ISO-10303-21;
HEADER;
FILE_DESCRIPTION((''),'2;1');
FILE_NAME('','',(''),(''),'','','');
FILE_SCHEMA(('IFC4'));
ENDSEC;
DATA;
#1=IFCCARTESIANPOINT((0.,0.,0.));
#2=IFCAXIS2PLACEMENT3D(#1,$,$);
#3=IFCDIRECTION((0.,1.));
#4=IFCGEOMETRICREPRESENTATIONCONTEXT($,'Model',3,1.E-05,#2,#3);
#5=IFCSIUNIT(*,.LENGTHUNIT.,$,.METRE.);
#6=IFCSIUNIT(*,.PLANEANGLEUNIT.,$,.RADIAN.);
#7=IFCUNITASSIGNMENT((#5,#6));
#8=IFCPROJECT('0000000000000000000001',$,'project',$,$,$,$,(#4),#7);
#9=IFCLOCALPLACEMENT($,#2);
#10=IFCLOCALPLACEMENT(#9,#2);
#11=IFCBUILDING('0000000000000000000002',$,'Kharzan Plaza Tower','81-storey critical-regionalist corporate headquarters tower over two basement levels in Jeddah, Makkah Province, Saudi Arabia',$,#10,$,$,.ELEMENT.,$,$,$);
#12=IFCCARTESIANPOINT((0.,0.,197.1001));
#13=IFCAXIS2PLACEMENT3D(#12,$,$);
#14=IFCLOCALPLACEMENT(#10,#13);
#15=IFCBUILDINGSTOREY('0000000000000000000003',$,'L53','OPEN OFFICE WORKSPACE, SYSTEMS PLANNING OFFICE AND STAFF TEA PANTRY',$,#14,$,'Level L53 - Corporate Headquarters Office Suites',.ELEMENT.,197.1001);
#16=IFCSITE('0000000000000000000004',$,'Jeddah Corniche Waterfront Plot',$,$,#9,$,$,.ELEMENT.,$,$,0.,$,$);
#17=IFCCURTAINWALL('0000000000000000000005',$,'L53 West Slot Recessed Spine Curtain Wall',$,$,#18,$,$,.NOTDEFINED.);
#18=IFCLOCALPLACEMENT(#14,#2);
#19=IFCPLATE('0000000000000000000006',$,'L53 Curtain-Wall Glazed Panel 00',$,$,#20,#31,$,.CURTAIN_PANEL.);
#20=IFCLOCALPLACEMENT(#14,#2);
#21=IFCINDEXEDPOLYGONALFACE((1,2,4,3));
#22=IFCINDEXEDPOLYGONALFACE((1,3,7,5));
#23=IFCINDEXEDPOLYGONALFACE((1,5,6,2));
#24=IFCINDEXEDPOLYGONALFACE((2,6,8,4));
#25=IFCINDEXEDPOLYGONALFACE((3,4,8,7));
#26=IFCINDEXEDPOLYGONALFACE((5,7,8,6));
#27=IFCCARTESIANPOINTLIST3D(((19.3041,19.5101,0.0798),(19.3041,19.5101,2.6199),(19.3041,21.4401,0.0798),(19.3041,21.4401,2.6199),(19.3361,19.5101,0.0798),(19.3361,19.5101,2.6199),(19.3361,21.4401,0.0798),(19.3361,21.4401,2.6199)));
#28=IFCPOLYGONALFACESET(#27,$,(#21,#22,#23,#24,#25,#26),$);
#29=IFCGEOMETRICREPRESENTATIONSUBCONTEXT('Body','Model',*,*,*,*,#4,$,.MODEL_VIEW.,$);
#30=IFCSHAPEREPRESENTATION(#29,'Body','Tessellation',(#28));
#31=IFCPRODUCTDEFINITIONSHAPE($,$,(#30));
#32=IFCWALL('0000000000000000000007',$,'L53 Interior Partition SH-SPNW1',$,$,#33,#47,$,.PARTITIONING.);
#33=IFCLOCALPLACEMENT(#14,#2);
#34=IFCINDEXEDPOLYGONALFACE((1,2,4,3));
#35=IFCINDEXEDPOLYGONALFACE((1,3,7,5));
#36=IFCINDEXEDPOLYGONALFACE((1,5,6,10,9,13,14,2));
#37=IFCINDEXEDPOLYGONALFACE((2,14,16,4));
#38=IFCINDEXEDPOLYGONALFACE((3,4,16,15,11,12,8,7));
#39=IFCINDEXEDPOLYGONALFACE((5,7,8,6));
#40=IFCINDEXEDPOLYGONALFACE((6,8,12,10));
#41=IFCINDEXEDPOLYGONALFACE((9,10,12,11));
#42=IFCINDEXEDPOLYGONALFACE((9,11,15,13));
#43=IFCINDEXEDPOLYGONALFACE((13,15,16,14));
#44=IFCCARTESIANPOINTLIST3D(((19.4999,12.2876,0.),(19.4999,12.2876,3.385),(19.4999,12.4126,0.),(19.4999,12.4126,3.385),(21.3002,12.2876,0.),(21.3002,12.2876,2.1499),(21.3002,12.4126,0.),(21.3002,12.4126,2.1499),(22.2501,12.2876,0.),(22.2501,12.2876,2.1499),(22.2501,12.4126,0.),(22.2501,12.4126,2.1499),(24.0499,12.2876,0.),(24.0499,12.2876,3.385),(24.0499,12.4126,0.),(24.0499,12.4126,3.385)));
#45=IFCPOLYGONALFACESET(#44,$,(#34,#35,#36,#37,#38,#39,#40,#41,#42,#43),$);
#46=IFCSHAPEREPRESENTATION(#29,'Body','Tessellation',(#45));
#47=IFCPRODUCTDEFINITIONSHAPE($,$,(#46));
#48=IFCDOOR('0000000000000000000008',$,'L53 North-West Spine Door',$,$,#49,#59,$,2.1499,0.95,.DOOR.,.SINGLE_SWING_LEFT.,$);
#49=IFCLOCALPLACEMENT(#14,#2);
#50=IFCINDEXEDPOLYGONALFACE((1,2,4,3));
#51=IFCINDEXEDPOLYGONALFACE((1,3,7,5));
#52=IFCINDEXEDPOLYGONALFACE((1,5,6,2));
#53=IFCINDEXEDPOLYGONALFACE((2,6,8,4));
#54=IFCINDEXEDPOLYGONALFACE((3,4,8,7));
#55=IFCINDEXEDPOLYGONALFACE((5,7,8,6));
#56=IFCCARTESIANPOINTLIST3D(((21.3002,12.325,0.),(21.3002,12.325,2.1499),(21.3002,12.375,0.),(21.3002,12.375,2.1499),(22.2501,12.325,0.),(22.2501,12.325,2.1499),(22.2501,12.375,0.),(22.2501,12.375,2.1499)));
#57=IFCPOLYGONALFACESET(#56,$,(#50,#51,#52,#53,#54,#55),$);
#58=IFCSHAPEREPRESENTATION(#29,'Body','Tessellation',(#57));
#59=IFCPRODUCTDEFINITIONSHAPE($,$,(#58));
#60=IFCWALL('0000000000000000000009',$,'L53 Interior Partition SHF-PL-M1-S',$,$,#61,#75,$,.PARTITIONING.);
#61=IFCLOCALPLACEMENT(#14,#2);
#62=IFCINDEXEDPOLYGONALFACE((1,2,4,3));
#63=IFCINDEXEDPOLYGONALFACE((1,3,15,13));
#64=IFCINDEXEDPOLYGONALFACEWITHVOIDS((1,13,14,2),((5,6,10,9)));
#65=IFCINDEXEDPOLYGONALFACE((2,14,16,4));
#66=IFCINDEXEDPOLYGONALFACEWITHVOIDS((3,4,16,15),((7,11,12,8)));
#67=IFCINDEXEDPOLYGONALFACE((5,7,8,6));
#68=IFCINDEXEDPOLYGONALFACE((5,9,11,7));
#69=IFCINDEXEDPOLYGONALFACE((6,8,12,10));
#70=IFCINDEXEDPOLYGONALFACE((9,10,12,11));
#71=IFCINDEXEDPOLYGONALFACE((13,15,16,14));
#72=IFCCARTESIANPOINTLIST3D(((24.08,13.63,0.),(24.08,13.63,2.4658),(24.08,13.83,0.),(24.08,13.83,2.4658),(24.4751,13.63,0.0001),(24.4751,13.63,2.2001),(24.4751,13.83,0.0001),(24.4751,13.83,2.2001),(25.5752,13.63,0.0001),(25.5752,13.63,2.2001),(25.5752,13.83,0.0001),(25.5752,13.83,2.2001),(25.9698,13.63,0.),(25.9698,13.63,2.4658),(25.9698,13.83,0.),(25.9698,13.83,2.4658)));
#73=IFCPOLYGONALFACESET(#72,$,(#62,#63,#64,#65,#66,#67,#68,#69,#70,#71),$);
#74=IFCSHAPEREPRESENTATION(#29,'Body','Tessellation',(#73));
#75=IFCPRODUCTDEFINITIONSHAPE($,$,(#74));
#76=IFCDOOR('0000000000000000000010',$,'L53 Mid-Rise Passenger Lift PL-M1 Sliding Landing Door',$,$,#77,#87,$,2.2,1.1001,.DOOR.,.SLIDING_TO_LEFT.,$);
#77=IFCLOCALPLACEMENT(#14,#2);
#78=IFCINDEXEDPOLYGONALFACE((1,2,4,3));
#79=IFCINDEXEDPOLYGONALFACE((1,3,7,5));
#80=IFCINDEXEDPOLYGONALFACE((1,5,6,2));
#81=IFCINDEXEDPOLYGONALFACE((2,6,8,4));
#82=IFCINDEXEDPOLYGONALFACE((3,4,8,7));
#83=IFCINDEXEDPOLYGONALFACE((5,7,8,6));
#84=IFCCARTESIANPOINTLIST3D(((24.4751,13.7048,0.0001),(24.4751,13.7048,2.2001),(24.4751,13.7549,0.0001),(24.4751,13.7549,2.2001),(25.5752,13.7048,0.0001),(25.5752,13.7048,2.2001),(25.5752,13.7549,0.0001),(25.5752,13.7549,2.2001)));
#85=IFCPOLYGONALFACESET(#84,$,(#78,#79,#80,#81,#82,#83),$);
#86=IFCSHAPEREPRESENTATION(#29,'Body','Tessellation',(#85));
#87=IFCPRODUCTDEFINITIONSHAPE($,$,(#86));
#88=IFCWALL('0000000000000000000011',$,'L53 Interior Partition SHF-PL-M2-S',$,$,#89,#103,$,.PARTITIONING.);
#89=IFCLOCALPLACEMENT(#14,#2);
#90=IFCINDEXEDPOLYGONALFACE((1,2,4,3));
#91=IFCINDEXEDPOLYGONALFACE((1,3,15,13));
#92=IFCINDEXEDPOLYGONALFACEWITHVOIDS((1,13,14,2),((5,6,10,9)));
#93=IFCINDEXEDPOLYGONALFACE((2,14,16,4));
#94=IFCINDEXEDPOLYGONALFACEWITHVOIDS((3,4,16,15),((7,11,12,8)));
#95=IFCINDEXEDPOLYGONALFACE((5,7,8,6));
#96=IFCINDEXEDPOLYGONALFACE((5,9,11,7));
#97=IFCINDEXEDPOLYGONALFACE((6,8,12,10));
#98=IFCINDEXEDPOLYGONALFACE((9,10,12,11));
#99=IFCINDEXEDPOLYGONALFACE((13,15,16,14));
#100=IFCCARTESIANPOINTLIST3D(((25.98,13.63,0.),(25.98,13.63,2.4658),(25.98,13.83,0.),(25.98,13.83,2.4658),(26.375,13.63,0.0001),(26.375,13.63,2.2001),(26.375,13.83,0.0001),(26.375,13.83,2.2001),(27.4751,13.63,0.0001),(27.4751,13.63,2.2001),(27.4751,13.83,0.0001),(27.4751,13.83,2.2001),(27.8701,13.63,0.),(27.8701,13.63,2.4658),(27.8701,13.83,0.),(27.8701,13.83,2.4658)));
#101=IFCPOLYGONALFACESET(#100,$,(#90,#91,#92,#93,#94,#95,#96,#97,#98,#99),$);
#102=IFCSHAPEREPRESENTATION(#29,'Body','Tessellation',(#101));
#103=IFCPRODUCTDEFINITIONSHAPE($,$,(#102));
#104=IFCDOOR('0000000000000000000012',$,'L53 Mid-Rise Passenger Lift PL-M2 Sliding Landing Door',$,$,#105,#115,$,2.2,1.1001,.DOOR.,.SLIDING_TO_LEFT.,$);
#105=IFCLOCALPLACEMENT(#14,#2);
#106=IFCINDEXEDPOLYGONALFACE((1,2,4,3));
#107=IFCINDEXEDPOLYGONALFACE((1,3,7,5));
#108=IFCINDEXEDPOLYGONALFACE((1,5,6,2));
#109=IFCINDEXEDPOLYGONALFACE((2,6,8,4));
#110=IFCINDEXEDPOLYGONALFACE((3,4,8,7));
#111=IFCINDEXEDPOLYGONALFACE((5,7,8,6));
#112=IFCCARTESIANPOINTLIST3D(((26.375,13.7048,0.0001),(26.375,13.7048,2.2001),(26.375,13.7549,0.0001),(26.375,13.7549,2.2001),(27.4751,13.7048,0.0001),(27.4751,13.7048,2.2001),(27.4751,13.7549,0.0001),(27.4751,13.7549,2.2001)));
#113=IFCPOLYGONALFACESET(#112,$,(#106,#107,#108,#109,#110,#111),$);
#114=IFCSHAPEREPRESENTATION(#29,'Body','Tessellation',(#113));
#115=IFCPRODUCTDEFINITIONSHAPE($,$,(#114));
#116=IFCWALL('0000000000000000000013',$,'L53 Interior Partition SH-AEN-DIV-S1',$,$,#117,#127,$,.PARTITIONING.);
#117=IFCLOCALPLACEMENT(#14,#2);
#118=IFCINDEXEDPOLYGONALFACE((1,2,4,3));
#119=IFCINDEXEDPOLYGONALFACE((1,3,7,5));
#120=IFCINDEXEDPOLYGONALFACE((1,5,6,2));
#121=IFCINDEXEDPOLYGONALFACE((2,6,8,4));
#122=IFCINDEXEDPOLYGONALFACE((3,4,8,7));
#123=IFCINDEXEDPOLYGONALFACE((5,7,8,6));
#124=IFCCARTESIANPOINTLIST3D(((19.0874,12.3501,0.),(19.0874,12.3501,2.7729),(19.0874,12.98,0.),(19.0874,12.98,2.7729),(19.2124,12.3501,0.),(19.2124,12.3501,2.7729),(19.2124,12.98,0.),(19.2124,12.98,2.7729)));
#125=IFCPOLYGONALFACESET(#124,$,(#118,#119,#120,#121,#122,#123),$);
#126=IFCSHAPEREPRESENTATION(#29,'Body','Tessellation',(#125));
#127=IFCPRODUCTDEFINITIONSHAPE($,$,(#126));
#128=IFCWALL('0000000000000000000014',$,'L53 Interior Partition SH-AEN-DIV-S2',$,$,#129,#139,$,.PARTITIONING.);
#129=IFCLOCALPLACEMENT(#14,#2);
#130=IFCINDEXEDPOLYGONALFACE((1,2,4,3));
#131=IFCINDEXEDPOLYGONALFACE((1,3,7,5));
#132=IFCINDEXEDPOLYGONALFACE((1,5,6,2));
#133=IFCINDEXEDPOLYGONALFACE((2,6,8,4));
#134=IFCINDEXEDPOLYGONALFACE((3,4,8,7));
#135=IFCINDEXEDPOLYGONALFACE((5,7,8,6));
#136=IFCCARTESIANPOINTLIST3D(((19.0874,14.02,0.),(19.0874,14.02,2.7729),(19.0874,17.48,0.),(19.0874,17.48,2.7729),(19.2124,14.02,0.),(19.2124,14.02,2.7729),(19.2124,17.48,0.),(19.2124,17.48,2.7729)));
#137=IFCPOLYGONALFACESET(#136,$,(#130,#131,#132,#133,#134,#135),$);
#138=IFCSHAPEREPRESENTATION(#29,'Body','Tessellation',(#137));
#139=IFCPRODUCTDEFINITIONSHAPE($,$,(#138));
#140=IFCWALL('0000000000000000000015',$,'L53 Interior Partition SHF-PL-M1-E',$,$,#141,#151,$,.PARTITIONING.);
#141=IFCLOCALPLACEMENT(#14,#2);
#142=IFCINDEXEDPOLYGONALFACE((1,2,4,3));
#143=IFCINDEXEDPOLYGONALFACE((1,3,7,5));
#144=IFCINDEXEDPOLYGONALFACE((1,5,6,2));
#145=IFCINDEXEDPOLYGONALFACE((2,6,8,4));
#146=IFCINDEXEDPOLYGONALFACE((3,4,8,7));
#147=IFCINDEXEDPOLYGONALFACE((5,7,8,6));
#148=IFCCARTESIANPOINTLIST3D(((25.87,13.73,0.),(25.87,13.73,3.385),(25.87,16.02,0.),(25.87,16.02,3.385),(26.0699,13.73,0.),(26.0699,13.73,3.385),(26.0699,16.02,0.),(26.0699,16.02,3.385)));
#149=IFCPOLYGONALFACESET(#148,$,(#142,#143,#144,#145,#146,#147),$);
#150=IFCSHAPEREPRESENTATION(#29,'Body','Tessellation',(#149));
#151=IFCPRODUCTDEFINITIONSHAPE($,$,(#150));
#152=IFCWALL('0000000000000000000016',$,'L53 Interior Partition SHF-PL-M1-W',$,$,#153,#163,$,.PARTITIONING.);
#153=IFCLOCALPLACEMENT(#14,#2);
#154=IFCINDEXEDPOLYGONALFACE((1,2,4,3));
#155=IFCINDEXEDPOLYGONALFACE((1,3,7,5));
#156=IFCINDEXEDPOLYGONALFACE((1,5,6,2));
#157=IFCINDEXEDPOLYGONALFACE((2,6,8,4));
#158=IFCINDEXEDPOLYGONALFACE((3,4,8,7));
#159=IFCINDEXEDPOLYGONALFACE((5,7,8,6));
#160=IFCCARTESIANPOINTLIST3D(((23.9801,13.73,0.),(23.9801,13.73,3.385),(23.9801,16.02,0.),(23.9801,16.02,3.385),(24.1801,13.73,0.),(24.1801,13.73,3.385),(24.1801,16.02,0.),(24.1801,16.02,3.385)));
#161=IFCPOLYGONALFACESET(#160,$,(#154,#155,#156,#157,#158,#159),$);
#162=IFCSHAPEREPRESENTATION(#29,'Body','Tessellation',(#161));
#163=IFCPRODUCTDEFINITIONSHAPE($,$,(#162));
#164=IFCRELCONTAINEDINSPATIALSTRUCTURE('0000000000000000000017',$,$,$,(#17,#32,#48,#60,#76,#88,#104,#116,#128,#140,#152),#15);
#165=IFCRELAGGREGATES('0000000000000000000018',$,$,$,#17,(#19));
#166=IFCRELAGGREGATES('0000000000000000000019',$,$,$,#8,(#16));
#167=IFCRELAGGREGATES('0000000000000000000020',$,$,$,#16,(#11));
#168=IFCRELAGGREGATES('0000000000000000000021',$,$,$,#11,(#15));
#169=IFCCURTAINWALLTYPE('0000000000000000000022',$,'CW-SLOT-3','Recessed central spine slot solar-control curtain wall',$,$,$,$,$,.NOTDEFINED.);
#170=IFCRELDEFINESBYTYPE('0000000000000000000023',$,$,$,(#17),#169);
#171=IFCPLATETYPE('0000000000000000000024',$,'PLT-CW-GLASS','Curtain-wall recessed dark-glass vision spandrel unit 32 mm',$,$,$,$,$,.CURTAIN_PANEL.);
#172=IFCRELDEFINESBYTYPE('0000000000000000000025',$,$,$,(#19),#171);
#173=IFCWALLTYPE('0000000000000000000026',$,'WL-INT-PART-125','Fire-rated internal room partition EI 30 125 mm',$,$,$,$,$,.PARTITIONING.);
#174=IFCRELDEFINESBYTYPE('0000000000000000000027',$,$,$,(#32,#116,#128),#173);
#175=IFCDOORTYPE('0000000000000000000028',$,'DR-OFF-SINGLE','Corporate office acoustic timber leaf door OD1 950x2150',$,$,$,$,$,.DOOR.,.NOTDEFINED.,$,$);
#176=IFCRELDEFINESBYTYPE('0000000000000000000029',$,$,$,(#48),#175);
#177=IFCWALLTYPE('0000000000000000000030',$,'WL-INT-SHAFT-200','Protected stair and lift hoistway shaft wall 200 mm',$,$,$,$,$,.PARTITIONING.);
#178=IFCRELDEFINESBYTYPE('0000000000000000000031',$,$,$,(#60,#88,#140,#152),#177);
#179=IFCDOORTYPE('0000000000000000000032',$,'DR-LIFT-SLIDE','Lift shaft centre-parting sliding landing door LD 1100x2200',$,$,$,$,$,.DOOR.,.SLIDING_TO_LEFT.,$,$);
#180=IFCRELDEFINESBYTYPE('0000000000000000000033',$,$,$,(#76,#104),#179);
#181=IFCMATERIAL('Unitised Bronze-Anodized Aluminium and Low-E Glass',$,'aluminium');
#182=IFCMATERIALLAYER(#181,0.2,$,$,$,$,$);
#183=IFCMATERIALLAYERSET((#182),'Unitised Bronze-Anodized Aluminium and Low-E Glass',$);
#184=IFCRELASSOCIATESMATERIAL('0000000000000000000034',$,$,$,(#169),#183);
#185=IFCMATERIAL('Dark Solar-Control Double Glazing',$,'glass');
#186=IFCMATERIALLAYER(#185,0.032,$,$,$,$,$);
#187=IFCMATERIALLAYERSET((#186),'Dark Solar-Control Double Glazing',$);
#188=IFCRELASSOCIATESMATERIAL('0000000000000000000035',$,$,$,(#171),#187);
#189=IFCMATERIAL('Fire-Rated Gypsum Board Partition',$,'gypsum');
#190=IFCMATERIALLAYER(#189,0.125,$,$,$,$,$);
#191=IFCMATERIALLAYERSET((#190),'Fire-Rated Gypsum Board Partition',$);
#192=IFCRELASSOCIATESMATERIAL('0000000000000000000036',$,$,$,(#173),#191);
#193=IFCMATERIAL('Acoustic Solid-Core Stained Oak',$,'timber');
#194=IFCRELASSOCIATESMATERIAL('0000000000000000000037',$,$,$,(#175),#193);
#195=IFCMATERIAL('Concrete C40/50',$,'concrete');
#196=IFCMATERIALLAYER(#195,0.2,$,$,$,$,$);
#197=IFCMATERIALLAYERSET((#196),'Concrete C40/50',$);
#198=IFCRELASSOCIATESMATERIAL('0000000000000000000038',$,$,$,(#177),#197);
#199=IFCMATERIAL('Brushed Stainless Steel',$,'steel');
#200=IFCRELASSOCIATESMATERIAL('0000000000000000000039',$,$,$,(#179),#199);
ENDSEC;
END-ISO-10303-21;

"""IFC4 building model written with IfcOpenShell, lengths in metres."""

from ifc_helpers import new_model, si_unit, direction, frame, frame_2d, origin, origin_2d, place, context, subcontext, project, spatial, rectangle, extrude, source, transform, mapped, material, layer, layer_set, type_object, element, fill, aggregate, save


model = new_model("IFC4")

# Units and contexts
model_context = context("Model", 3, precision=1e-05, world=origin(), true_north=direction((0.0, 1.0)))
body_context = subcontext(model_context, "Body", "Model", "MODEL_VIEW")
ifc_project = project(units=[si_unit("LENGTHUNIT", "METRE"), si_unit("PLANEANGLEUNIT", "RADIAN")], contexts=[model_context])

# Site, building, storey
site_placement = place(None, origin())
site = spatial("IfcSite", under=ifc_project, at=site_placement, Name="Jeddah Corniche Waterfront Plot", CompositionType="ELEMENT", RefElevation=0.0)
building_placement = place(site_placement, origin())
building = spatial("IfcBuilding", under=site, at=building_placement, Name="Kharzan Plaza Tower", Description="81-storey critical-regionalist corporate headquarters tower over two basement levels in Jeddah, Makkah Province, Saudi Arabia", CompositionType="ELEMENT")
storey_placement = place(building_placement, frame((0.0, 0.0, 197.1001)))
storey = spatial("IfcBuildingStorey", under=building, at=storey_placement, Name="L53", Description="OPEN OFFICE WORKSPACE, SYSTEMS PLANNING OFFICE AND STAFF TEA PANTRY", LongName="Level L53 - Corporate Headquarters Office Suites", CompositionType="ELEMENT", Elevation=197.1001)

# Curtain wall
ifc_material_1 = material(Name="Unitised Bronze-Anodized Aluminium and Low-E Glass", Category="aluminium")
ifc_layer_1 = layer(ifc_material_1, 0.2)
ifc_layer_set_1 = layer_set([ifc_layer_1], Name="Unitised Bronze-Anodized Aluminium and Low-E Glass")
curtain_wall_type = type_object("IfcCurtainWallType", Name="CW-SLOT-3", Description="Recessed central spine slot solar-control curtain wall", PredefinedType="NOTDEFINED", material=ifc_layer_set_1)
curtain_wall_placement = place(storey_placement, origin())
curtain_wall = element("IfcCurtainWall", 1, at=curtain_wall_placement, inside=storey, type_object=curtain_wall_type, Name="L53 West Slot Recessed Spine Curtain Wall", PredefinedType="NOTDEFINED")

# Plate
ifc_material_2 = material(Name="Dark Solar-Control Double Glazing", Category="glass")
ifc_layer_2 = layer(ifc_material_2, 0.032)
ifc_layer_set_2 = layer_set([ifc_layer_2], Name="Dark Solar-Control Double Glazing")
plate_type = type_object("IfcPlateType", Name="PLT-CW-GLASS", Description="Curtain-wall recessed dark-glass vision spandrel unit 32 mm", PredefinedType="CURTAIN_PANEL", material=ifc_layer_set_2)
shared_shape_1 = source(origin(), body_context, "Body", "SweptSolid", [
    extrude(rectangle(XDim=1.9299, YDim=0.032, at=origin_2d()), origin(), (0.0, 0.0, 1.0), 2.54),
])
plate_placement = place(storey_placement, frame((19.3201, 20.4751, 0.0798), z_axis=(0.0, 0.0, 1.0), x_axis=(0.0, 1.0, 0.0)))
plate = element("IfcPlate", 2, at=plate_placement, type_object=plate_type, Name="L53 Curtain-Wall Glazed Panel 00", PredefinedType="CURTAIN_PANEL", context=body_context, shape_type="MappedRepresentation", body=[
    mapped(shared_shape_1, transform((0.0, 0.0, 0.0), x_axis=(1.0, 0.0, 0.0), y_axis=(0.0, 1.0, 0.0), z_axis=(0.0, 0.0, 1.0))),
])
aggregate(curtain_wall, [plate])

# Walls, openings, doors
ifc_material_3 = material(Name="Fire-Rated Gypsum Board Partition", Category="gypsum")
ifc_layer_3 = layer(ifc_material_3, 0.125)
ifc_layer_set_3 = layer_set([ifc_layer_3], Name="Fire-Rated Gypsum Board Partition")
wall_type_1 = type_object("IfcWallType", Name="WL-INT-PART-125", Description="Fire-rated internal room partition EI 30 125 mm", PredefinedType="PARTITIONING", material=ifc_layer_set_3)
wall_1_placement = place(storey_placement, frame((19.5, 12.3501, 0.0), z_axis=(0.0, 0.0, 1.0), x_axis=(1.0, 0.0, 0.0)))
wall_1 = element("IfcWall", 3, at=wall_1_placement, inside=storey, type_object=wall_type_1, Name="L53 Interior Partition SH-SPNW1", PredefinedType="PARTITIONING", context=body_context, shape_type="SweptSolid", body=[
    extrude(rectangle(XDim=4.55, YDim=0.125, at=frame_2d((2.2749, 0.0))), origin(), (0.0, 0.0, 1.0), 3.385),
])
opening_1_placement = place(wall_1_placement, frame((1.8, 0.0, 0.0)))
opening_1 = element("IfcOpeningElement", 4, at=opening_1_placement, cuts=wall_1, PredefinedType="OPENING", context=body_context, shape_type="SweptSolid", body=[
    extrude(rectangle(XDim=0.95, YDim=2.1499, at=frame_2d((0.4751, 1.075))), frame((0.0, 0.0725, 0.0), z_axis=(0.0, -1.0, 0.0), x_axis=(1.0, 0.0, 0.0)), (0.0, 0.0, 1.0), 0.145),
])
ifc_material_4 = material(Name="Acoustic Solid-Core Stained Oak", Category="timber")
door_type_1 = type_object("IfcDoorType", Name="DR-OFF-SINGLE", Description="Corporate office acoustic timber leaf door OD1 950x2150", OperationType="NOTDEFINED", PredefinedType="DOOR", material=ifc_material_4)
shared_shape_2 = source(origin(), body_context, "Body", "SweptSolid", [
    extrude(rectangle(XDim=0.95, YDim=2.1499, at=frame_2d((0.4751, 1.075))), frame((0.0, 0.0249, 0.0), z_axis=(0.0, -1.0, 0.0), x_axis=(1.0, 0.0, 0.0)), (0.0, 0.0, 1.0), 0.05),
])
door_1_placement = place(opening_1_placement, origin())
door_1 = element("IfcDoor", 5, at=door_1_placement, inside=storey, type_object=door_type_1, Name="L53 North-West Spine Door", OperationType="SINGLE_SWING_LEFT", OverallHeight=2.1499, OverallWidth=0.95, PredefinedType="DOOR", context=body_context, shape_type="MappedRepresentation", body=[
    mapped(shared_shape_2, transform((0.0, 0.0, 0.0), x_axis=(1.0, 0.0, 0.0), y_axis=(0.0, 1.0, 0.0), z_axis=(0.0, 0.0, 1.0))),
])
fill(opening_1, door_1)
ifc_material_5 = material(Name="Concrete C40/50", Category="concrete")
ifc_layer_4 = layer(ifc_material_5, 0.2)
ifc_layer_set_4 = layer_set([ifc_layer_4], Name="Concrete C40/50")
wall_type_2 = type_object("IfcWallType", Name="WL-INT-SHAFT-200", Description="Protected stair and lift hoistway shaft wall 200 mm", PredefinedType="PARTITIONING", material=ifc_layer_set_4)
wall_2_placement = place(storey_placement, frame((24.0801, 13.73, 0.0), z_axis=(0.0, 0.0, 1.0), x_axis=(1.0, 0.0, 0.0)))
wall_2 = element("IfcWall", 6, at=wall_2_placement, inside=storey, type_object=wall_type_2, Name="L53 Interior Partition SHF-PL-M1-S", PredefinedType="PARTITIONING", context=body_context, shape_type="SweptSolid", body=[
    extrude(rectangle(XDim=1.8899, YDim=0.2, at=frame_2d((0.9448, 0.0))), origin(), (0.0, 0.0, 1.0), 2.4658),
])
opening_2_placement = place(wall_2_placement, frame((0.395, 0.0, 0.0)))
opening_2 = element("IfcOpeningElement", 7, at=opening_2_placement, cuts=wall_2, PredefinedType="OPENING", context=body_context, shape_type="SweptSolid", body=[
    extrude(rectangle(XDim=1.1001, YDim=2.2, at=frame_2d((0.55, 1.1001))), frame((0.0, 0.1099, 0.0), z_axis=(0.0, -1.0, 0.0), x_axis=(1.0, 0.0, 0.0)), (0.0, 0.0, 1.0), 0.22),
])
ifc_material_6 = material(Name="Brushed Stainless Steel", Category="steel")
door_type_2 = type_object("IfcDoorType", Name="DR-LIFT-SLIDE", Description="Lift shaft centre-parting sliding landing door LD 1100x2200", OperationType="SLIDING_TO_LEFT", PredefinedType="DOOR", material=ifc_material_6)
shared_shape_3 = source(origin(), body_context, "Body", "SweptSolid", [
    extrude(rectangle(XDim=1.1001, YDim=2.2, at=frame_2d((0.55, 1.1001))), frame((0.0, 0.0249, 0.0), z_axis=(0.0, -1.0, 0.0), x_axis=(1.0, 0.0, 0.0)), (0.0, 0.0, 1.0), 0.05),
])
door_2_placement = place(opening_2_placement, origin())
door_2 = element("IfcDoor", 8, at=door_2_placement, inside=storey, type_object=door_type_2, Name="L53 Mid-Rise Passenger Lift PL-M1 Sliding Landing Door", OperationType="SLIDING_TO_LEFT", OverallHeight=2.2, OverallWidth=1.1001, PredefinedType="DOOR", context=body_context, shape_type="MappedRepresentation", body=[
    mapped(shared_shape_3, transform((0.0, 0.0, 0.0), x_axis=(1.0, 0.0, 0.0), y_axis=(0.0, 1.0, 0.0), z_axis=(0.0, 0.0, 1.0))),
])
fill(opening_2, door_2)
wall_3_placement = place(storey_placement, frame((25.98, 13.73, 0.0), z_axis=(0.0, 0.0, 1.0), x_axis=(1.0, 0.0, 0.0)))
wall_3 = element("IfcWall", 9, at=wall_3_placement, inside=storey, type_object=wall_type_2, Name="L53 Interior Partition SHF-PL-M2-S", PredefinedType="PARTITIONING", context=body_context, shape_type="SweptSolid", body=[
    extrude(rectangle(XDim=1.8901, YDim=0.2, at=frame_2d((0.9451, 0.0))), origin(), (0.0, 0.0, 1.0), 2.4658),
])
opening_3_placement = place(wall_3_placement, frame((0.395, 0.0, 0.0)))
opening_3 = element("IfcOpeningElement", 10, at=opening_3_placement, cuts=wall_3, PredefinedType="OPENING", context=body_context, shape_type="SweptSolid", body=[
    extrude(rectangle(XDim=1.1001, YDim=2.2, at=frame_2d((0.55, 1.1001))), frame((0.0, 0.1099, 0.0), z_axis=(0.0, -1.0, 0.0), x_axis=(1.0, 0.0, 0.0)), (0.0, 0.0, 1.0), 0.22),
])
door_3_placement = place(opening_3_placement, origin())
door_3 = element("IfcDoor", 11, at=door_3_placement, inside=storey, type_object=door_type_2, Name="L53 Mid-Rise Passenger Lift PL-M2 Sliding Landing Door", OperationType="SLIDING_TO_LEFT", OverallHeight=2.2, OverallWidth=1.1001, PredefinedType="DOOR", context=body_context, shape_type="MappedRepresentation", body=[
    mapped(shared_shape_3, transform((0.0, 0.0, 0.0), x_axis=(1.0, 0.0, 0.0), y_axis=(0.0, 1.0, 0.0), z_axis=(0.0, 0.0, 1.0))),
])
fill(opening_3, door_3)

# Walls
shared_shape_4 = source(origin(), body_context, "Body", "SweptSolid", [
    extrude(rectangle(XDim=0.6299, YDim=0.125, at=frame_2d((0.3149, 0.0))), origin(), (0.0, 0.0, 1.0), 2.7729),
])
wall_4_placement = place(storey_placement, frame((19.1499, 12.3501, 0.0), z_axis=(0.0, 0.0, 1.0), x_axis=(0.0, 1.0, 0.0)))
element("IfcWall", 12, at=wall_4_placement, inside=storey, type_object=wall_type_1, Name="L53 Interior Partition SH-AEN-DIV-S1", PredefinedType="PARTITIONING", context=body_context, shape_type="MappedRepresentation", body=[
    mapped(shared_shape_4, transform((0.0, 0.0, 0.0), x_axis=(1.0, 0.0, 0.0), y_axis=(0.0, 1.0, 0.0), z_axis=(0.0, 0.0, 1.0))),
])
shared_shape_5 = source(origin(), body_context, "Body", "SweptSolid", [
    extrude(rectangle(XDim=3.46, YDim=0.125, at=frame_2d((1.73, 0.0))), origin(), (0.0, 0.0, 1.0), 2.7729),
])
wall_5_placement = place(storey_placement, frame((19.1499, 14.02, 0.0), z_axis=(0.0, 0.0, 1.0), x_axis=(0.0, 1.0, 0.0)))
element("IfcWall", 13, at=wall_5_placement, inside=storey, type_object=wall_type_1, Name="L53 Interior Partition SH-AEN-DIV-S2", PredefinedType="PARTITIONING", context=body_context, shape_type="MappedRepresentation", body=[
    mapped(shared_shape_5, transform((0.0, 0.0, 0.0), x_axis=(1.0, 0.0, 0.0), y_axis=(0.0, 1.0, 0.0), z_axis=(0.0, 0.0, 1.0))),
])
shared_shape_6 = source(origin(), body_context, "Body", "SweptSolid", [
    extrude(rectangle(XDim=2.29, YDim=0.2, at=frame_2d((1.145, 0.0))), origin(), (0.0, 0.0, 1.0), 3.385),
])
for number, where, z_axis, x_axis, name in (
    (14, (25.97, 13.73, 0.0), (0.0, 0.0, 1.0), (0.0, 1.0, 0.0), "L53 Interior Partition SHF-PL-M1-E"),
    (15, (24.0801, 13.73, 0.0), (0.0, 0.0, 1.0), (0.0, 1.0, 0.0), "L53 Interior Partition SHF-PL-M1-W"),
):
    element("IfcWall", number, at=place(storey_placement, frame(where, z_axis=z_axis, x_axis=x_axis)), inside=storey, type_object=wall_type_2, Name=name, PredefinedType="PARTITIONING", context=body_context, shape_type="MappedRepresentation", body=[
        mapped(shared_shape_6, transform((0.0, 0.0, 0.0), x_axis=(1.0, 0.0, 0.0), y_axis=(0.0, 1.0, 0.0), z_axis=(0.0, 0.0, 1.0))),
    ])

save(model, "model.ifc")
